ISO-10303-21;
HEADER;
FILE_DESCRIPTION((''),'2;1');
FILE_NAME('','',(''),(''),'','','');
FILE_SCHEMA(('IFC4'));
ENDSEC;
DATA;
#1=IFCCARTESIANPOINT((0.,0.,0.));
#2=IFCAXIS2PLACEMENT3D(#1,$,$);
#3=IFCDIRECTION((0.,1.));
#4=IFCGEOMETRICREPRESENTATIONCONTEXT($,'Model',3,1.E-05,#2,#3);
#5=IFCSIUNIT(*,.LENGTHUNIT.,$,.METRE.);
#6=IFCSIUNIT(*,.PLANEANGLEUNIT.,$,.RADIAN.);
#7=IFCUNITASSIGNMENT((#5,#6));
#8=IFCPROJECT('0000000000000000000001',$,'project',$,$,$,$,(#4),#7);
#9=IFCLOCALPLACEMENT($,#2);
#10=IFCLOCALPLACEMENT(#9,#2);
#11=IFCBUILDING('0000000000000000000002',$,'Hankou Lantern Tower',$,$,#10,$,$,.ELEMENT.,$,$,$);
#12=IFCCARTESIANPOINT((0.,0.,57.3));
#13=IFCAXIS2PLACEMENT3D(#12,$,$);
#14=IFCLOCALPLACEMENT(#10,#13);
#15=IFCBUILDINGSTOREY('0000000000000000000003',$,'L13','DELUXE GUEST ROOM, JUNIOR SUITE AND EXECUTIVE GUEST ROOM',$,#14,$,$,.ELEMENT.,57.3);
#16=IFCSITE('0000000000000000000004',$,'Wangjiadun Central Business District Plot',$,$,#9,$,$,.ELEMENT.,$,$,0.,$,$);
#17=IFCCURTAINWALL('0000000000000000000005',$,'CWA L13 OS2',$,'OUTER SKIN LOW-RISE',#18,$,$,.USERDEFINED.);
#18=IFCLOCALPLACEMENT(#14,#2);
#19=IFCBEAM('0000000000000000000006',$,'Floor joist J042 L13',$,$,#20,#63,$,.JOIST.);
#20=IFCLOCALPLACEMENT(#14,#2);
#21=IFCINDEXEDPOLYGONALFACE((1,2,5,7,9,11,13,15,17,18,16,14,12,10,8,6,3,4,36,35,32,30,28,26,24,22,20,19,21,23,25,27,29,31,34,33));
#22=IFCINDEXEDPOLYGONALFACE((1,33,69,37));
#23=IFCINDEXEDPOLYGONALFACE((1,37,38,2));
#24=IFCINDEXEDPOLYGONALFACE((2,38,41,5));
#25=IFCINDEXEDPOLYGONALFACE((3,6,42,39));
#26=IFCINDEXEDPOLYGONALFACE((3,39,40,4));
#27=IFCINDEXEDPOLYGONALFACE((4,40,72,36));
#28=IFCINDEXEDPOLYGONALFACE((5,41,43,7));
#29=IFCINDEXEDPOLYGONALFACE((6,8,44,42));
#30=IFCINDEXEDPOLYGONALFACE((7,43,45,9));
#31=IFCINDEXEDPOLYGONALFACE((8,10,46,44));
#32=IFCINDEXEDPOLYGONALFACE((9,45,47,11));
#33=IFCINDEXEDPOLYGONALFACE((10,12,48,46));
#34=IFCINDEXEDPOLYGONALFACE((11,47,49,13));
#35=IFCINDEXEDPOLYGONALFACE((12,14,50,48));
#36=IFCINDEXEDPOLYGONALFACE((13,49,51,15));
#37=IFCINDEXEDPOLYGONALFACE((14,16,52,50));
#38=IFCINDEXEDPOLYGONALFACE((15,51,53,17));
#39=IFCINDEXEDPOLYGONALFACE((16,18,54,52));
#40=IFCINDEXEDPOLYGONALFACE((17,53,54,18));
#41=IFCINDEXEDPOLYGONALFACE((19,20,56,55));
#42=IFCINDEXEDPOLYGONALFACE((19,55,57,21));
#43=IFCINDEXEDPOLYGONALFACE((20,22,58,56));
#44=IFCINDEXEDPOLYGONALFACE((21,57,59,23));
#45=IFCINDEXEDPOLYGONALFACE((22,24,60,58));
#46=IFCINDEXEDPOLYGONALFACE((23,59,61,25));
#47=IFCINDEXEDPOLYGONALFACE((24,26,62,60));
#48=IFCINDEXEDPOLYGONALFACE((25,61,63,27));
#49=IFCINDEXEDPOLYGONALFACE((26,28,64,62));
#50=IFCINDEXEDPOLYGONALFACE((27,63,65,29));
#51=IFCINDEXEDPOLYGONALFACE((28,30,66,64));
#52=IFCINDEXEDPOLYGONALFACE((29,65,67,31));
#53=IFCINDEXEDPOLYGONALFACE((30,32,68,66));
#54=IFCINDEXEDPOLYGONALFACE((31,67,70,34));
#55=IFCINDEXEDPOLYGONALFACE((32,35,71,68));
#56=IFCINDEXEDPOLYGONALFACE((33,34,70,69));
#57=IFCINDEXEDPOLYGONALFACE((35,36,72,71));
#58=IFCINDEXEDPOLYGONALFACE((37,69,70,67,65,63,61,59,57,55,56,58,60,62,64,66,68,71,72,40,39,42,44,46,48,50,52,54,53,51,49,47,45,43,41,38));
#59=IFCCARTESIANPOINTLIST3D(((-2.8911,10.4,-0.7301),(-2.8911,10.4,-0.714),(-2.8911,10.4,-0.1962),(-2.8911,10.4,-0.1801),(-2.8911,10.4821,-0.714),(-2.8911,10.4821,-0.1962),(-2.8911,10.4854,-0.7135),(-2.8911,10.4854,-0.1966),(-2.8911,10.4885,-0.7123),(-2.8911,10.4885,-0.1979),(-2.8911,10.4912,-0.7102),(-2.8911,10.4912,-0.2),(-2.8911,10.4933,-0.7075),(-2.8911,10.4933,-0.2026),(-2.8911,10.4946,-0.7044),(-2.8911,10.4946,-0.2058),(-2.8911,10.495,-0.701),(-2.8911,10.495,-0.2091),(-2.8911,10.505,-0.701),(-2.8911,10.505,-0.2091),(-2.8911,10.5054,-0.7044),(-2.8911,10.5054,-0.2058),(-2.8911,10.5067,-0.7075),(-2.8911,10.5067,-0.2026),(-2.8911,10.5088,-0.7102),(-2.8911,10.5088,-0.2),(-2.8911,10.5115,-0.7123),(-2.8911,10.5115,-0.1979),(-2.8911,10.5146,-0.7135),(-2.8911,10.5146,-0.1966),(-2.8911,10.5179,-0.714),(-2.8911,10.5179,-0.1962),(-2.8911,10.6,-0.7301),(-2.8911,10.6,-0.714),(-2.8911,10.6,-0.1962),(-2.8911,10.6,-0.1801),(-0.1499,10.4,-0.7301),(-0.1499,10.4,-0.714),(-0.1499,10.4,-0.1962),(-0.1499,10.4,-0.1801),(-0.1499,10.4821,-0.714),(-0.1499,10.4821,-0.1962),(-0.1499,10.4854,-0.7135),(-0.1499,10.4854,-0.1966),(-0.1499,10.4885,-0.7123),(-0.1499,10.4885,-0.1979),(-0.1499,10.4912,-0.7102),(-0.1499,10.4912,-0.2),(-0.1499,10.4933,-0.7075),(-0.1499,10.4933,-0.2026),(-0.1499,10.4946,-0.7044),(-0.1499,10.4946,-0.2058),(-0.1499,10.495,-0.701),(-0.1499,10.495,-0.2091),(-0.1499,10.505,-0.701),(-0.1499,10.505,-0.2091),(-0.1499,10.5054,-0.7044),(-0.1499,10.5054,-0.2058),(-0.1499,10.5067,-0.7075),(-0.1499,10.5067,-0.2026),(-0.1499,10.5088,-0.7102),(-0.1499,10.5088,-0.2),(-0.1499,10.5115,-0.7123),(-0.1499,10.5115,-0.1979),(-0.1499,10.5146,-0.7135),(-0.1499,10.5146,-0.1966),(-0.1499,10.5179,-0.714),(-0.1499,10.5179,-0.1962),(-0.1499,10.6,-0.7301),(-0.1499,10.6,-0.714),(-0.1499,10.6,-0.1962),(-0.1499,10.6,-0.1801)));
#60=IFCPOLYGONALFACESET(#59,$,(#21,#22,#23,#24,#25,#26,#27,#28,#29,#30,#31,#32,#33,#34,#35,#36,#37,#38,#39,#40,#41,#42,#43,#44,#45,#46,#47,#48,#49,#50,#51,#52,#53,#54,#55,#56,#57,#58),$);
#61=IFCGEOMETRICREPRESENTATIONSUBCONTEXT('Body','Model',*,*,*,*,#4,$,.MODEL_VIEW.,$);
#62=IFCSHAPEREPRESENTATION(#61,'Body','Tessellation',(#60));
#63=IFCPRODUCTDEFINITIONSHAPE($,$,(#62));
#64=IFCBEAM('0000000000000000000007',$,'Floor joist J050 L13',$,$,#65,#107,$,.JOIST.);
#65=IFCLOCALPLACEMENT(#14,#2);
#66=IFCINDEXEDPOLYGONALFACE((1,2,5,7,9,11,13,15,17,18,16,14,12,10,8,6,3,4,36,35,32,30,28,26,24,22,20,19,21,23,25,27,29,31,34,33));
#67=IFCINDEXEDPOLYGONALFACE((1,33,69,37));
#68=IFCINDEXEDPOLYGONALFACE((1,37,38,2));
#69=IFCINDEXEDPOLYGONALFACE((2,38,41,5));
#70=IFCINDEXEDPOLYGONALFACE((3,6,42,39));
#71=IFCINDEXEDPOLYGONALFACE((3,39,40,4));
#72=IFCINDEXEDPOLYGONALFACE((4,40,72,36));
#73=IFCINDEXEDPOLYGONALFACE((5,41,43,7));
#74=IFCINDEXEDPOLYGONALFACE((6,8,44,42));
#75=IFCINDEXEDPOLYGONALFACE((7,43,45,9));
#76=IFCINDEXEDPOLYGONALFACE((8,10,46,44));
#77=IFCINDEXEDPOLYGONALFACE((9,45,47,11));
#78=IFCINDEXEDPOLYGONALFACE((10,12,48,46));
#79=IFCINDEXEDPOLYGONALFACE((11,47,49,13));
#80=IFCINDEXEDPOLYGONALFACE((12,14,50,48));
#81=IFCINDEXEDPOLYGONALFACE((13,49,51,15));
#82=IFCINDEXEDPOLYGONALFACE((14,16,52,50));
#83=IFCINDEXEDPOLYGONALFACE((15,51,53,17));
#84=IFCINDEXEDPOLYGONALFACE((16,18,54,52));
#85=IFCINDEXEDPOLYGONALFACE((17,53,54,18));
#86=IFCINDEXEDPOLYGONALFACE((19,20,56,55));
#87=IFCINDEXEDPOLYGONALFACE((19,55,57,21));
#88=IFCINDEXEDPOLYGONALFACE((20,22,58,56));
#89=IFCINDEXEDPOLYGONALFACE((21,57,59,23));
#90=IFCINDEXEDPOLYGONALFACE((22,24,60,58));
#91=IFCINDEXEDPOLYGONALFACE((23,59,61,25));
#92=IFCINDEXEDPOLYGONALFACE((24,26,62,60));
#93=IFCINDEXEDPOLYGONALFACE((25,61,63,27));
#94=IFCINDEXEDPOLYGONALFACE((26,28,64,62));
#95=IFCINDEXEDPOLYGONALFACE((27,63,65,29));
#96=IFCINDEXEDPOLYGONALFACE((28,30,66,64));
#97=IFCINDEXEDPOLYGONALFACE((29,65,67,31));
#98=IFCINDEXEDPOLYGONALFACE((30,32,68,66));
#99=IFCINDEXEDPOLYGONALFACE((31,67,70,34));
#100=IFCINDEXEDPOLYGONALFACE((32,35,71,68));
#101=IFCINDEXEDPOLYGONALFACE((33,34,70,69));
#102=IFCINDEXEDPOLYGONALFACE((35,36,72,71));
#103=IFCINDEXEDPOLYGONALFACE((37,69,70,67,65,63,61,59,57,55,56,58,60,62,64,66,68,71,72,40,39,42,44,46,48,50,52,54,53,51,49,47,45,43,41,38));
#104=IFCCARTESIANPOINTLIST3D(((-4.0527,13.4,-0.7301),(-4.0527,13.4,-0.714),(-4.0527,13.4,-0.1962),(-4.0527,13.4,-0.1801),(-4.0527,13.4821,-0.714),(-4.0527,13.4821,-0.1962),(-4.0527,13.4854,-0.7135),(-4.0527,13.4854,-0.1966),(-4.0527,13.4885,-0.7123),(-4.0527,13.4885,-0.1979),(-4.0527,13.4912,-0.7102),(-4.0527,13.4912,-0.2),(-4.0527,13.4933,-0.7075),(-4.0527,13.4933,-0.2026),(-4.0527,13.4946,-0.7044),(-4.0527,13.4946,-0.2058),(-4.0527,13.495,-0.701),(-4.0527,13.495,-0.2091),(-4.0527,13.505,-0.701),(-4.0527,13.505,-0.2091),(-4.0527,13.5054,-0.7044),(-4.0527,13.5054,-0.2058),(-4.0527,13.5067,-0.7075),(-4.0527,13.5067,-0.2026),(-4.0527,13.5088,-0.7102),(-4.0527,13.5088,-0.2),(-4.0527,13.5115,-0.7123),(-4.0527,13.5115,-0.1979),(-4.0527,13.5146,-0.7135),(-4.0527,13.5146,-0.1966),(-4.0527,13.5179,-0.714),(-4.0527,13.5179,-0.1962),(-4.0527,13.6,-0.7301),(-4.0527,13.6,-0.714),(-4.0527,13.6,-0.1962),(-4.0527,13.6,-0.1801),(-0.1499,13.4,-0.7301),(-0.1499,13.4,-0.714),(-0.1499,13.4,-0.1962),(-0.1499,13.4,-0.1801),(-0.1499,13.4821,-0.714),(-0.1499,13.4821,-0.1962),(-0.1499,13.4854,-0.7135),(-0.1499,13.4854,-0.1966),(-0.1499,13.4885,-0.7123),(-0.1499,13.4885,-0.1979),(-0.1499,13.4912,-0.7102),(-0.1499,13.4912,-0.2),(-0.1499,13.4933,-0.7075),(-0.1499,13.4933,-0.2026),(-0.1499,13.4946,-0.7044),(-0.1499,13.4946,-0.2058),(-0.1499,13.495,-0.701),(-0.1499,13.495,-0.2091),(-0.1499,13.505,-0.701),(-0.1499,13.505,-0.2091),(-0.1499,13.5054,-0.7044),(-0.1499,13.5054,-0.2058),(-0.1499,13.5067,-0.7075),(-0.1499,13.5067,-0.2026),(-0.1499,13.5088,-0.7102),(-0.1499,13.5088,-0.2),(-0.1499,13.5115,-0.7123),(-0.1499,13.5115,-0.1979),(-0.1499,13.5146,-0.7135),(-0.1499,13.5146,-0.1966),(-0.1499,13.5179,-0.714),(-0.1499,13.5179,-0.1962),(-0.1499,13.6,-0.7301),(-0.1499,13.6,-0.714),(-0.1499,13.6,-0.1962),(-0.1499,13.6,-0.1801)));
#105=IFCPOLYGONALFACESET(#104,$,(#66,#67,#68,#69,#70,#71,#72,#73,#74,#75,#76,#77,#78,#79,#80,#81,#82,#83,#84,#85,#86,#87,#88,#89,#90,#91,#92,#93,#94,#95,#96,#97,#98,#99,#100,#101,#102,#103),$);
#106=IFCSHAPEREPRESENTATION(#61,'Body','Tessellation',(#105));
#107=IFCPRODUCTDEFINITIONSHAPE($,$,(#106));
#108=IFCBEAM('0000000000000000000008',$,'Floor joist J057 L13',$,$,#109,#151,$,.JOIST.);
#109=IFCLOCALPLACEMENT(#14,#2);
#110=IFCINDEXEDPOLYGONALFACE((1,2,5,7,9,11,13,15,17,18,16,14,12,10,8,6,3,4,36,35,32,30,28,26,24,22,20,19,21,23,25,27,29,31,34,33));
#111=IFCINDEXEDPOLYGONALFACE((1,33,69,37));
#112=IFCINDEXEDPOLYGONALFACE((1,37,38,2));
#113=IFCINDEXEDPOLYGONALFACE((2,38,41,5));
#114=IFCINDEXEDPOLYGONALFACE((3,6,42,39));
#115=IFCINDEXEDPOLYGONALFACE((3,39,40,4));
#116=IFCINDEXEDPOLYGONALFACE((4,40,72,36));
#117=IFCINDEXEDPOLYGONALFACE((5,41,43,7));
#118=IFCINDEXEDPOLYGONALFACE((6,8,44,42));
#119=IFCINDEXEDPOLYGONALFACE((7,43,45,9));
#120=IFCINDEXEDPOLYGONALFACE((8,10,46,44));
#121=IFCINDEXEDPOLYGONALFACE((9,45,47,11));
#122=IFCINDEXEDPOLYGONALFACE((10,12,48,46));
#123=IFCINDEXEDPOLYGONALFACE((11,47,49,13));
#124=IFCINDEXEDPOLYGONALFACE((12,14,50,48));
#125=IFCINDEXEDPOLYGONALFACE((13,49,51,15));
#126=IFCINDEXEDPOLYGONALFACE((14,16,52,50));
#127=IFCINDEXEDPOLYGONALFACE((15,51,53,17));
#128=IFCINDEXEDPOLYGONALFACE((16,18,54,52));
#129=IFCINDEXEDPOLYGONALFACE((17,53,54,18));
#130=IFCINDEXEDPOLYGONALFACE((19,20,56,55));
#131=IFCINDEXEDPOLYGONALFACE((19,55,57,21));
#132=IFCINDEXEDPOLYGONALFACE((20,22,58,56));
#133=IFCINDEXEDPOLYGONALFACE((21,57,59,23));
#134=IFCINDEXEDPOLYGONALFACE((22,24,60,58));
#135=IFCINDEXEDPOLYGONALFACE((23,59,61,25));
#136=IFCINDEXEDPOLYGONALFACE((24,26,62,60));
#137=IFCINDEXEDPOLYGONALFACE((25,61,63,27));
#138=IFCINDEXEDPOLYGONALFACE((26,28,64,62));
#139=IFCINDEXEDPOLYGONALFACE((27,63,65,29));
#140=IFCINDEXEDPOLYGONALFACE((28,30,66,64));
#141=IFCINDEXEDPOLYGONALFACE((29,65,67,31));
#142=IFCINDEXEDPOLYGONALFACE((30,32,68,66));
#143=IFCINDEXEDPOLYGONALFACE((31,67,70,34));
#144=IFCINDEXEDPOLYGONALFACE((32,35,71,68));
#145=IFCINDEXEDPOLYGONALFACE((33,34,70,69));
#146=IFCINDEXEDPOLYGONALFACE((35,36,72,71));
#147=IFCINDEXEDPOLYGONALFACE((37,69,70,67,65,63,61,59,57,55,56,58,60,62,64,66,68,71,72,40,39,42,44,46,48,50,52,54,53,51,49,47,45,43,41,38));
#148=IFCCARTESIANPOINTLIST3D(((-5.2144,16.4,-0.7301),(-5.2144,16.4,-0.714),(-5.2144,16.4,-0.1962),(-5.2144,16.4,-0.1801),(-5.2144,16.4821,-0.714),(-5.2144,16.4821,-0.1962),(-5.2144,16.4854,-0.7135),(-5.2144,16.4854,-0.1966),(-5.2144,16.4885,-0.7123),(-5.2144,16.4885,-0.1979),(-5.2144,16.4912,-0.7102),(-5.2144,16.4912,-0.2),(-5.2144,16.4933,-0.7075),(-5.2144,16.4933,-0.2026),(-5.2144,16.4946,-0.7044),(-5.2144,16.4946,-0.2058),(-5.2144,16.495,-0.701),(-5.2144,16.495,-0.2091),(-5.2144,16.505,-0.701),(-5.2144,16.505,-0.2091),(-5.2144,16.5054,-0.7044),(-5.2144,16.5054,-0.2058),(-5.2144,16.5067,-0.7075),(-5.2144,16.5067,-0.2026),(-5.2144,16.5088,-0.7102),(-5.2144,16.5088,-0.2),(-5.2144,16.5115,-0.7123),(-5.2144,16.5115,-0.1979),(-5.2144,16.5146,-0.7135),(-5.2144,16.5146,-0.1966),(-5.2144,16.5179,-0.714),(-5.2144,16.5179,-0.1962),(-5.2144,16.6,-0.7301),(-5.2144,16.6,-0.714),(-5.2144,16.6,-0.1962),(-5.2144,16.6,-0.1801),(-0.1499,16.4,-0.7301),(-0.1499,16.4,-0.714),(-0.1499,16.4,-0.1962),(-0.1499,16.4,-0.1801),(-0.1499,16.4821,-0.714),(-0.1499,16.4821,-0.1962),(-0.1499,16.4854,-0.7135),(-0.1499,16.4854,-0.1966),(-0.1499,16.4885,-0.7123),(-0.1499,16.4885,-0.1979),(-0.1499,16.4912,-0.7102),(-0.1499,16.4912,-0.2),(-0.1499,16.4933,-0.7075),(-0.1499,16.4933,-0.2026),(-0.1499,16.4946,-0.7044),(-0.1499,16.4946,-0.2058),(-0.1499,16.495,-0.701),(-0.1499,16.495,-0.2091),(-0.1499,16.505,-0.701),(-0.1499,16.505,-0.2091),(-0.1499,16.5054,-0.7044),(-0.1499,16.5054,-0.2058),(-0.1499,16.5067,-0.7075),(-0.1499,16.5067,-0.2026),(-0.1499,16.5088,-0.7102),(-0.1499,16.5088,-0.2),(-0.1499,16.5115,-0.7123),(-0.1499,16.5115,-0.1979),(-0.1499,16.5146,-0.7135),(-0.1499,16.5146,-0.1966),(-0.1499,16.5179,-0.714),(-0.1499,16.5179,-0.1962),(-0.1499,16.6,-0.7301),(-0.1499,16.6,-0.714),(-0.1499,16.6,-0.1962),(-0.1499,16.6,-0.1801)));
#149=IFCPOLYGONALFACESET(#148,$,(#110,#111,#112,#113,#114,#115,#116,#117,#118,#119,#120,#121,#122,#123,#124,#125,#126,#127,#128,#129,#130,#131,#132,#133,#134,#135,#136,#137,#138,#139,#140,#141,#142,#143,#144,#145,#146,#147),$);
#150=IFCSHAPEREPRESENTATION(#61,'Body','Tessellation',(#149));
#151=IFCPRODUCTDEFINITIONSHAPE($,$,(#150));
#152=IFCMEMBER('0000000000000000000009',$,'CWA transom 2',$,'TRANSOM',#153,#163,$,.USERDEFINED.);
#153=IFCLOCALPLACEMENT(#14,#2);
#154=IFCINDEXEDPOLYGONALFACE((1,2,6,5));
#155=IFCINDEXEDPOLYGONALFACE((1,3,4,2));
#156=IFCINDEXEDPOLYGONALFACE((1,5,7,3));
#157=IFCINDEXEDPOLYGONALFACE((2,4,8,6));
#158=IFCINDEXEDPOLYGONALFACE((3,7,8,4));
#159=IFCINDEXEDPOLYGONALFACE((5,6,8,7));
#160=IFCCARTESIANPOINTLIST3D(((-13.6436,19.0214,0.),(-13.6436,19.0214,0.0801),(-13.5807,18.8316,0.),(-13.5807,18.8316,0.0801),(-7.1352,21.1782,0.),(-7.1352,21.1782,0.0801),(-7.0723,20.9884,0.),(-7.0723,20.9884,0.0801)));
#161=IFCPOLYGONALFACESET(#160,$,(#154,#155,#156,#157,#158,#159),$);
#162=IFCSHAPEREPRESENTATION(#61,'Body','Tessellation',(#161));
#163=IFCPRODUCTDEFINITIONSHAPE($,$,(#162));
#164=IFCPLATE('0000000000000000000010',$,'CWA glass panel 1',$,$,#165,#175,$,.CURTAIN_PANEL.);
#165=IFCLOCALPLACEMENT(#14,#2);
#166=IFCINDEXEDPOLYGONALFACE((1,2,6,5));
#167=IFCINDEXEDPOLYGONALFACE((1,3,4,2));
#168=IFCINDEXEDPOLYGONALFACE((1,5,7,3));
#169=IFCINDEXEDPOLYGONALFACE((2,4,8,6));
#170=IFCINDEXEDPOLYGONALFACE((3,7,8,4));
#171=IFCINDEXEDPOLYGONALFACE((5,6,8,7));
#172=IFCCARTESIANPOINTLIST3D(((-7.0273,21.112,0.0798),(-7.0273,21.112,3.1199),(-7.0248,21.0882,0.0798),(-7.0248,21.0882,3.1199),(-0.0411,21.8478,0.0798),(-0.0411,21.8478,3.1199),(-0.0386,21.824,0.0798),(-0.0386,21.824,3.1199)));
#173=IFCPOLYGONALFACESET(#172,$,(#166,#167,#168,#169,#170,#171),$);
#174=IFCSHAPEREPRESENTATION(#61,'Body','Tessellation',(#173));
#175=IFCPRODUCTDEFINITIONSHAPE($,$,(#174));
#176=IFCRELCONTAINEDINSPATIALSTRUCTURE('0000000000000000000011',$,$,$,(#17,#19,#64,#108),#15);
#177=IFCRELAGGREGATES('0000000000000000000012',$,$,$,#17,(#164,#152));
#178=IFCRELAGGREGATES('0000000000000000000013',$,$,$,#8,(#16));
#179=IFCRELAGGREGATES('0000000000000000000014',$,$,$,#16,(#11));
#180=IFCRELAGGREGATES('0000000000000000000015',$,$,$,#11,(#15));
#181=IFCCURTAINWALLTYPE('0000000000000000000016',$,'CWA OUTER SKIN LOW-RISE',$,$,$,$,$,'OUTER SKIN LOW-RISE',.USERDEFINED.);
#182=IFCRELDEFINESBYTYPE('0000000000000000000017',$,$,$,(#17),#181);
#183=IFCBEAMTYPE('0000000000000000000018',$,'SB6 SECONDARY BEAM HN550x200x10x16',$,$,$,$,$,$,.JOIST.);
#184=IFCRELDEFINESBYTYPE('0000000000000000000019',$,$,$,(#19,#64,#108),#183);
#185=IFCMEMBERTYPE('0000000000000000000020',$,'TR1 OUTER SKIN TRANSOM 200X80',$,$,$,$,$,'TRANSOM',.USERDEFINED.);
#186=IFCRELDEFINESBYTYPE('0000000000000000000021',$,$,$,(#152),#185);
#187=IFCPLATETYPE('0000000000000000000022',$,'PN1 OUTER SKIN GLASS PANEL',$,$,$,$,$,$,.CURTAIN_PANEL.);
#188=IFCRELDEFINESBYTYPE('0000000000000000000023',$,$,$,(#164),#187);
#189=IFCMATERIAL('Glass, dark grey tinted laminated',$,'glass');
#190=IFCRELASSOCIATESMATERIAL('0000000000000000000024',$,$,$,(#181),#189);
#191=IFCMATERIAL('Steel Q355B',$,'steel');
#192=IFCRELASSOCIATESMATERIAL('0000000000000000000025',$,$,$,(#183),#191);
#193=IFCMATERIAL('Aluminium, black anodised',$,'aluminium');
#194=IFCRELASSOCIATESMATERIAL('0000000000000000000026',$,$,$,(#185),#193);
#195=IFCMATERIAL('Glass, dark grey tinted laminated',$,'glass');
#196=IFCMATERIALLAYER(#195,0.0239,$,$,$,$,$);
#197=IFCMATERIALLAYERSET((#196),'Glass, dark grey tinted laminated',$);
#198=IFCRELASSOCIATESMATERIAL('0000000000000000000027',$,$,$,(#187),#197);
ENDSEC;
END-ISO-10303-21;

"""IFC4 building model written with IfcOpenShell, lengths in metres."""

from ifc_helpers import new_model, si_unit, direction, frame, origin, origin_2d, place, context, subcontext, project, spatial, rectangle, i_section, extrude, material, layer, layer_set, material_profile, profile_set, type_object, element, aggregate, save


model = new_model("IFC4")

# Units and contexts
model_context = context("Model", 3, precision=1e-05, world=origin(), true_north=direction((0.0, 1.0)))
body_context = subcontext(model_context, "Body", "Model", "MODEL_VIEW")
ifc_project = project(units=[si_unit("LENGTHUNIT", "METRE"), si_unit("PLANEANGLEUNIT", "RADIAN")], contexts=[model_context])

# Site, building, storey
site_placement = place(None, origin())
site = spatial("IfcSite", under=ifc_project, at=site_placement, Name="Wangjiadun Central Business District Plot", CompositionType="ELEMENT", RefElevation=0.0)
building_placement = place(site_placement, origin())
building = spatial("IfcBuilding", under=site, at=building_placement, Name="Hankou Lantern Tower", CompositionType="ELEMENT")
storey_placement = place(building_placement, frame((0.0, 0.0, 57.3)))
storey = spatial("IfcBuildingStorey", under=building, at=storey_placement, Name="L13", Description="DELUXE GUEST ROOM, JUNIOR SUITE AND EXECUTIVE GUEST ROOM", CompositionType="ELEMENT", Elevation=57.3)

# Curtain wall
ifc_material_1 = material(Name="Glass, dark grey tinted laminated", Category="glass")
curtain_wall_type = type_object("IfcCurtainWallType", Name="CWA OUTER SKIN LOW-RISE", ElementType="OUTER SKIN LOW-RISE", PredefinedType="USERDEFINED", material=ifc_material_1)
curtain_wall_placement = place(storey_placement, origin())
curtain_wall = element("IfcCurtainWall", 1, at=curtain_wall_placement, inside=storey, type_object=curtain_wall_type, Name="CWA L13 OS2", ObjectType="OUTER SKIN LOW-RISE", PredefinedType="USERDEFINED")

# Beams
ifc_material_2 = material(Name="Steel Q355B", Category="steel")
ifc_material_profile_1 = material_profile(ifc_material_2, i_section(OverallWidth=0.2, OverallDepth=0.55, WebThickness=0.01, FlangeThickness=0.0161, FilletRadius=0.0129, at=origin_2d()), Name="HN550x200x10x16")
ifc_profile_set_1 = profile_set([ifc_material_profile_1], Name="Steel Q355B")
beam_type_1 = type_object("IfcBeamType", Name="SB6 SECONDARY BEAM HN550x200x10x16", PredefinedType="JOIST", material=ifc_profile_set_1)
beam_1_placement = place(storey_placement, frame((-2.8911, 10.5, -0.4551), z_axis=(1.0, 0.0, 0.0), x_axis=(0.0, 1.0, 0.0)))
element("IfcBeam", 2, at=beam_1_placement, inside=storey, type_object=beam_type_1, Name="Floor joist J042 L13", PredefinedType="JOIST", context=body_context, shape_type="SweptSolid", body=[
    extrude(i_section(OverallWidth=0.2, OverallDepth=0.55, WebThickness=0.01, FlangeThickness=0.0161, FilletRadius=0.0129, at=origin_2d()), origin(), (0.0, 0.0, 1.0), 2.7412),
])
beam_2_placement = place(storey_placement, frame((-4.0527, 13.5, -0.4551), z_axis=(1.0, 0.0, 0.0), x_axis=(0.0, 1.0, 0.0)))
element("IfcBeam", 3, at=beam_2_placement, inside=storey, type_object=beam_type_1, Name="Floor joist J050 L13", PredefinedType="JOIST", context=body_context, shape_type="SweptSolid", body=[
    extrude(i_section(OverallWidth=0.2, OverallDepth=0.55, WebThickness=0.01, FlangeThickness=0.0161, FilletRadius=0.0129, at=origin_2d()), origin(), (0.0, 0.0, 1.0), 3.9028),
])
beam_3_placement = place(storey_placement, frame((-5.2144, 16.5, -0.4551), z_axis=(1.0, 0.0, 0.0), x_axis=(0.0, 1.0, 0.0)))
element("IfcBeam", 4, at=beam_3_placement, inside=storey, type_object=beam_type_1, Name="Floor joist J057 L13", PredefinedType="JOIST", context=body_context, shape_type="SweptSolid", body=[
    extrude(i_section(OverallWidth=0.2, OverallDepth=0.55, WebThickness=0.01, FlangeThickness=0.0161, FilletRadius=0.0129, at=origin_2d()), origin(), (0.0, 0.0, 1.0), 5.0645),
])

# Member
ifc_material_3 = material(Name="Aluminium, black anodised", Category="aluminium")
ifc_material_profile_2 = material_profile(ifc_material_3, rectangle(XDim=0.2, YDim=0.0801, at=origin_2d()), Name="TR1 200X80")
ifc_profile_set_2 = profile_set([ifc_material_profile_2], Name="Aluminium, black anodised")
member_type_1 = type_object("IfcMemberType", Name="TR1 OUTER SKIN TRANSOM 200X80", ElementType="TRANSOM", PredefinedType="USERDEFINED", material=ifc_profile_set_2)
member_1_placement = place(storey_placement, frame((-7.1038, 21.0833, 0.04), z_axis=(-0.949237, -0.314561, 0.0), x_axis=(0.314561, -0.949237, 0.0)))
member_1 = element("IfcMember", 5, at=member_1_placement, type_object=member_type_1, Name="CWA transom 2", ObjectType="TRANSOM", PredefinedType="USERDEFINED", context=body_context, shape_type="SweptSolid", body=[
    extrude(rectangle(XDim=0.2, YDim=0.0801, at=origin_2d()), origin(), (0.0, 0.0, 1.0), 6.8564),
])

# Plate
ifc_material_4 = material(Name="Glass, dark grey tinted laminated", Category="glass")
ifc_layer_1 = layer(ifc_material_4, 0.0239)
ifc_layer_set_1 = layer_set([ifc_layer_1], Name="Glass, dark grey tinted laminated")
plate_type = type_object("IfcPlateType", Name="PN1 OUTER SKIN GLASS PANEL", PredefinedType="CURTAIN_PANEL", material=ifc_layer_set_1)
plate_placement = place(storey_placement, frame((-3.533, 21.468, 0.0798), z_axis=(0.0, 0.0, 1.0), x_axis=(-0.994499, -0.104743, 0.0)))
plate = element("IfcPlate", 6, at=plate_placement, type_object=plate_type, Name="CWA glass panel 1", PredefinedType="CURTAIN_PANEL", context=body_context, shape_type="SweptSolid", body=[
    extrude(rectangle(XDim=7.0249, YDim=0.0239, at=origin_2d()), origin(), (0.0, 0.0, 1.0), 3.04),
])
aggregate(curtain_wall, [plate, member_1])

save(model, "model.ifc")
